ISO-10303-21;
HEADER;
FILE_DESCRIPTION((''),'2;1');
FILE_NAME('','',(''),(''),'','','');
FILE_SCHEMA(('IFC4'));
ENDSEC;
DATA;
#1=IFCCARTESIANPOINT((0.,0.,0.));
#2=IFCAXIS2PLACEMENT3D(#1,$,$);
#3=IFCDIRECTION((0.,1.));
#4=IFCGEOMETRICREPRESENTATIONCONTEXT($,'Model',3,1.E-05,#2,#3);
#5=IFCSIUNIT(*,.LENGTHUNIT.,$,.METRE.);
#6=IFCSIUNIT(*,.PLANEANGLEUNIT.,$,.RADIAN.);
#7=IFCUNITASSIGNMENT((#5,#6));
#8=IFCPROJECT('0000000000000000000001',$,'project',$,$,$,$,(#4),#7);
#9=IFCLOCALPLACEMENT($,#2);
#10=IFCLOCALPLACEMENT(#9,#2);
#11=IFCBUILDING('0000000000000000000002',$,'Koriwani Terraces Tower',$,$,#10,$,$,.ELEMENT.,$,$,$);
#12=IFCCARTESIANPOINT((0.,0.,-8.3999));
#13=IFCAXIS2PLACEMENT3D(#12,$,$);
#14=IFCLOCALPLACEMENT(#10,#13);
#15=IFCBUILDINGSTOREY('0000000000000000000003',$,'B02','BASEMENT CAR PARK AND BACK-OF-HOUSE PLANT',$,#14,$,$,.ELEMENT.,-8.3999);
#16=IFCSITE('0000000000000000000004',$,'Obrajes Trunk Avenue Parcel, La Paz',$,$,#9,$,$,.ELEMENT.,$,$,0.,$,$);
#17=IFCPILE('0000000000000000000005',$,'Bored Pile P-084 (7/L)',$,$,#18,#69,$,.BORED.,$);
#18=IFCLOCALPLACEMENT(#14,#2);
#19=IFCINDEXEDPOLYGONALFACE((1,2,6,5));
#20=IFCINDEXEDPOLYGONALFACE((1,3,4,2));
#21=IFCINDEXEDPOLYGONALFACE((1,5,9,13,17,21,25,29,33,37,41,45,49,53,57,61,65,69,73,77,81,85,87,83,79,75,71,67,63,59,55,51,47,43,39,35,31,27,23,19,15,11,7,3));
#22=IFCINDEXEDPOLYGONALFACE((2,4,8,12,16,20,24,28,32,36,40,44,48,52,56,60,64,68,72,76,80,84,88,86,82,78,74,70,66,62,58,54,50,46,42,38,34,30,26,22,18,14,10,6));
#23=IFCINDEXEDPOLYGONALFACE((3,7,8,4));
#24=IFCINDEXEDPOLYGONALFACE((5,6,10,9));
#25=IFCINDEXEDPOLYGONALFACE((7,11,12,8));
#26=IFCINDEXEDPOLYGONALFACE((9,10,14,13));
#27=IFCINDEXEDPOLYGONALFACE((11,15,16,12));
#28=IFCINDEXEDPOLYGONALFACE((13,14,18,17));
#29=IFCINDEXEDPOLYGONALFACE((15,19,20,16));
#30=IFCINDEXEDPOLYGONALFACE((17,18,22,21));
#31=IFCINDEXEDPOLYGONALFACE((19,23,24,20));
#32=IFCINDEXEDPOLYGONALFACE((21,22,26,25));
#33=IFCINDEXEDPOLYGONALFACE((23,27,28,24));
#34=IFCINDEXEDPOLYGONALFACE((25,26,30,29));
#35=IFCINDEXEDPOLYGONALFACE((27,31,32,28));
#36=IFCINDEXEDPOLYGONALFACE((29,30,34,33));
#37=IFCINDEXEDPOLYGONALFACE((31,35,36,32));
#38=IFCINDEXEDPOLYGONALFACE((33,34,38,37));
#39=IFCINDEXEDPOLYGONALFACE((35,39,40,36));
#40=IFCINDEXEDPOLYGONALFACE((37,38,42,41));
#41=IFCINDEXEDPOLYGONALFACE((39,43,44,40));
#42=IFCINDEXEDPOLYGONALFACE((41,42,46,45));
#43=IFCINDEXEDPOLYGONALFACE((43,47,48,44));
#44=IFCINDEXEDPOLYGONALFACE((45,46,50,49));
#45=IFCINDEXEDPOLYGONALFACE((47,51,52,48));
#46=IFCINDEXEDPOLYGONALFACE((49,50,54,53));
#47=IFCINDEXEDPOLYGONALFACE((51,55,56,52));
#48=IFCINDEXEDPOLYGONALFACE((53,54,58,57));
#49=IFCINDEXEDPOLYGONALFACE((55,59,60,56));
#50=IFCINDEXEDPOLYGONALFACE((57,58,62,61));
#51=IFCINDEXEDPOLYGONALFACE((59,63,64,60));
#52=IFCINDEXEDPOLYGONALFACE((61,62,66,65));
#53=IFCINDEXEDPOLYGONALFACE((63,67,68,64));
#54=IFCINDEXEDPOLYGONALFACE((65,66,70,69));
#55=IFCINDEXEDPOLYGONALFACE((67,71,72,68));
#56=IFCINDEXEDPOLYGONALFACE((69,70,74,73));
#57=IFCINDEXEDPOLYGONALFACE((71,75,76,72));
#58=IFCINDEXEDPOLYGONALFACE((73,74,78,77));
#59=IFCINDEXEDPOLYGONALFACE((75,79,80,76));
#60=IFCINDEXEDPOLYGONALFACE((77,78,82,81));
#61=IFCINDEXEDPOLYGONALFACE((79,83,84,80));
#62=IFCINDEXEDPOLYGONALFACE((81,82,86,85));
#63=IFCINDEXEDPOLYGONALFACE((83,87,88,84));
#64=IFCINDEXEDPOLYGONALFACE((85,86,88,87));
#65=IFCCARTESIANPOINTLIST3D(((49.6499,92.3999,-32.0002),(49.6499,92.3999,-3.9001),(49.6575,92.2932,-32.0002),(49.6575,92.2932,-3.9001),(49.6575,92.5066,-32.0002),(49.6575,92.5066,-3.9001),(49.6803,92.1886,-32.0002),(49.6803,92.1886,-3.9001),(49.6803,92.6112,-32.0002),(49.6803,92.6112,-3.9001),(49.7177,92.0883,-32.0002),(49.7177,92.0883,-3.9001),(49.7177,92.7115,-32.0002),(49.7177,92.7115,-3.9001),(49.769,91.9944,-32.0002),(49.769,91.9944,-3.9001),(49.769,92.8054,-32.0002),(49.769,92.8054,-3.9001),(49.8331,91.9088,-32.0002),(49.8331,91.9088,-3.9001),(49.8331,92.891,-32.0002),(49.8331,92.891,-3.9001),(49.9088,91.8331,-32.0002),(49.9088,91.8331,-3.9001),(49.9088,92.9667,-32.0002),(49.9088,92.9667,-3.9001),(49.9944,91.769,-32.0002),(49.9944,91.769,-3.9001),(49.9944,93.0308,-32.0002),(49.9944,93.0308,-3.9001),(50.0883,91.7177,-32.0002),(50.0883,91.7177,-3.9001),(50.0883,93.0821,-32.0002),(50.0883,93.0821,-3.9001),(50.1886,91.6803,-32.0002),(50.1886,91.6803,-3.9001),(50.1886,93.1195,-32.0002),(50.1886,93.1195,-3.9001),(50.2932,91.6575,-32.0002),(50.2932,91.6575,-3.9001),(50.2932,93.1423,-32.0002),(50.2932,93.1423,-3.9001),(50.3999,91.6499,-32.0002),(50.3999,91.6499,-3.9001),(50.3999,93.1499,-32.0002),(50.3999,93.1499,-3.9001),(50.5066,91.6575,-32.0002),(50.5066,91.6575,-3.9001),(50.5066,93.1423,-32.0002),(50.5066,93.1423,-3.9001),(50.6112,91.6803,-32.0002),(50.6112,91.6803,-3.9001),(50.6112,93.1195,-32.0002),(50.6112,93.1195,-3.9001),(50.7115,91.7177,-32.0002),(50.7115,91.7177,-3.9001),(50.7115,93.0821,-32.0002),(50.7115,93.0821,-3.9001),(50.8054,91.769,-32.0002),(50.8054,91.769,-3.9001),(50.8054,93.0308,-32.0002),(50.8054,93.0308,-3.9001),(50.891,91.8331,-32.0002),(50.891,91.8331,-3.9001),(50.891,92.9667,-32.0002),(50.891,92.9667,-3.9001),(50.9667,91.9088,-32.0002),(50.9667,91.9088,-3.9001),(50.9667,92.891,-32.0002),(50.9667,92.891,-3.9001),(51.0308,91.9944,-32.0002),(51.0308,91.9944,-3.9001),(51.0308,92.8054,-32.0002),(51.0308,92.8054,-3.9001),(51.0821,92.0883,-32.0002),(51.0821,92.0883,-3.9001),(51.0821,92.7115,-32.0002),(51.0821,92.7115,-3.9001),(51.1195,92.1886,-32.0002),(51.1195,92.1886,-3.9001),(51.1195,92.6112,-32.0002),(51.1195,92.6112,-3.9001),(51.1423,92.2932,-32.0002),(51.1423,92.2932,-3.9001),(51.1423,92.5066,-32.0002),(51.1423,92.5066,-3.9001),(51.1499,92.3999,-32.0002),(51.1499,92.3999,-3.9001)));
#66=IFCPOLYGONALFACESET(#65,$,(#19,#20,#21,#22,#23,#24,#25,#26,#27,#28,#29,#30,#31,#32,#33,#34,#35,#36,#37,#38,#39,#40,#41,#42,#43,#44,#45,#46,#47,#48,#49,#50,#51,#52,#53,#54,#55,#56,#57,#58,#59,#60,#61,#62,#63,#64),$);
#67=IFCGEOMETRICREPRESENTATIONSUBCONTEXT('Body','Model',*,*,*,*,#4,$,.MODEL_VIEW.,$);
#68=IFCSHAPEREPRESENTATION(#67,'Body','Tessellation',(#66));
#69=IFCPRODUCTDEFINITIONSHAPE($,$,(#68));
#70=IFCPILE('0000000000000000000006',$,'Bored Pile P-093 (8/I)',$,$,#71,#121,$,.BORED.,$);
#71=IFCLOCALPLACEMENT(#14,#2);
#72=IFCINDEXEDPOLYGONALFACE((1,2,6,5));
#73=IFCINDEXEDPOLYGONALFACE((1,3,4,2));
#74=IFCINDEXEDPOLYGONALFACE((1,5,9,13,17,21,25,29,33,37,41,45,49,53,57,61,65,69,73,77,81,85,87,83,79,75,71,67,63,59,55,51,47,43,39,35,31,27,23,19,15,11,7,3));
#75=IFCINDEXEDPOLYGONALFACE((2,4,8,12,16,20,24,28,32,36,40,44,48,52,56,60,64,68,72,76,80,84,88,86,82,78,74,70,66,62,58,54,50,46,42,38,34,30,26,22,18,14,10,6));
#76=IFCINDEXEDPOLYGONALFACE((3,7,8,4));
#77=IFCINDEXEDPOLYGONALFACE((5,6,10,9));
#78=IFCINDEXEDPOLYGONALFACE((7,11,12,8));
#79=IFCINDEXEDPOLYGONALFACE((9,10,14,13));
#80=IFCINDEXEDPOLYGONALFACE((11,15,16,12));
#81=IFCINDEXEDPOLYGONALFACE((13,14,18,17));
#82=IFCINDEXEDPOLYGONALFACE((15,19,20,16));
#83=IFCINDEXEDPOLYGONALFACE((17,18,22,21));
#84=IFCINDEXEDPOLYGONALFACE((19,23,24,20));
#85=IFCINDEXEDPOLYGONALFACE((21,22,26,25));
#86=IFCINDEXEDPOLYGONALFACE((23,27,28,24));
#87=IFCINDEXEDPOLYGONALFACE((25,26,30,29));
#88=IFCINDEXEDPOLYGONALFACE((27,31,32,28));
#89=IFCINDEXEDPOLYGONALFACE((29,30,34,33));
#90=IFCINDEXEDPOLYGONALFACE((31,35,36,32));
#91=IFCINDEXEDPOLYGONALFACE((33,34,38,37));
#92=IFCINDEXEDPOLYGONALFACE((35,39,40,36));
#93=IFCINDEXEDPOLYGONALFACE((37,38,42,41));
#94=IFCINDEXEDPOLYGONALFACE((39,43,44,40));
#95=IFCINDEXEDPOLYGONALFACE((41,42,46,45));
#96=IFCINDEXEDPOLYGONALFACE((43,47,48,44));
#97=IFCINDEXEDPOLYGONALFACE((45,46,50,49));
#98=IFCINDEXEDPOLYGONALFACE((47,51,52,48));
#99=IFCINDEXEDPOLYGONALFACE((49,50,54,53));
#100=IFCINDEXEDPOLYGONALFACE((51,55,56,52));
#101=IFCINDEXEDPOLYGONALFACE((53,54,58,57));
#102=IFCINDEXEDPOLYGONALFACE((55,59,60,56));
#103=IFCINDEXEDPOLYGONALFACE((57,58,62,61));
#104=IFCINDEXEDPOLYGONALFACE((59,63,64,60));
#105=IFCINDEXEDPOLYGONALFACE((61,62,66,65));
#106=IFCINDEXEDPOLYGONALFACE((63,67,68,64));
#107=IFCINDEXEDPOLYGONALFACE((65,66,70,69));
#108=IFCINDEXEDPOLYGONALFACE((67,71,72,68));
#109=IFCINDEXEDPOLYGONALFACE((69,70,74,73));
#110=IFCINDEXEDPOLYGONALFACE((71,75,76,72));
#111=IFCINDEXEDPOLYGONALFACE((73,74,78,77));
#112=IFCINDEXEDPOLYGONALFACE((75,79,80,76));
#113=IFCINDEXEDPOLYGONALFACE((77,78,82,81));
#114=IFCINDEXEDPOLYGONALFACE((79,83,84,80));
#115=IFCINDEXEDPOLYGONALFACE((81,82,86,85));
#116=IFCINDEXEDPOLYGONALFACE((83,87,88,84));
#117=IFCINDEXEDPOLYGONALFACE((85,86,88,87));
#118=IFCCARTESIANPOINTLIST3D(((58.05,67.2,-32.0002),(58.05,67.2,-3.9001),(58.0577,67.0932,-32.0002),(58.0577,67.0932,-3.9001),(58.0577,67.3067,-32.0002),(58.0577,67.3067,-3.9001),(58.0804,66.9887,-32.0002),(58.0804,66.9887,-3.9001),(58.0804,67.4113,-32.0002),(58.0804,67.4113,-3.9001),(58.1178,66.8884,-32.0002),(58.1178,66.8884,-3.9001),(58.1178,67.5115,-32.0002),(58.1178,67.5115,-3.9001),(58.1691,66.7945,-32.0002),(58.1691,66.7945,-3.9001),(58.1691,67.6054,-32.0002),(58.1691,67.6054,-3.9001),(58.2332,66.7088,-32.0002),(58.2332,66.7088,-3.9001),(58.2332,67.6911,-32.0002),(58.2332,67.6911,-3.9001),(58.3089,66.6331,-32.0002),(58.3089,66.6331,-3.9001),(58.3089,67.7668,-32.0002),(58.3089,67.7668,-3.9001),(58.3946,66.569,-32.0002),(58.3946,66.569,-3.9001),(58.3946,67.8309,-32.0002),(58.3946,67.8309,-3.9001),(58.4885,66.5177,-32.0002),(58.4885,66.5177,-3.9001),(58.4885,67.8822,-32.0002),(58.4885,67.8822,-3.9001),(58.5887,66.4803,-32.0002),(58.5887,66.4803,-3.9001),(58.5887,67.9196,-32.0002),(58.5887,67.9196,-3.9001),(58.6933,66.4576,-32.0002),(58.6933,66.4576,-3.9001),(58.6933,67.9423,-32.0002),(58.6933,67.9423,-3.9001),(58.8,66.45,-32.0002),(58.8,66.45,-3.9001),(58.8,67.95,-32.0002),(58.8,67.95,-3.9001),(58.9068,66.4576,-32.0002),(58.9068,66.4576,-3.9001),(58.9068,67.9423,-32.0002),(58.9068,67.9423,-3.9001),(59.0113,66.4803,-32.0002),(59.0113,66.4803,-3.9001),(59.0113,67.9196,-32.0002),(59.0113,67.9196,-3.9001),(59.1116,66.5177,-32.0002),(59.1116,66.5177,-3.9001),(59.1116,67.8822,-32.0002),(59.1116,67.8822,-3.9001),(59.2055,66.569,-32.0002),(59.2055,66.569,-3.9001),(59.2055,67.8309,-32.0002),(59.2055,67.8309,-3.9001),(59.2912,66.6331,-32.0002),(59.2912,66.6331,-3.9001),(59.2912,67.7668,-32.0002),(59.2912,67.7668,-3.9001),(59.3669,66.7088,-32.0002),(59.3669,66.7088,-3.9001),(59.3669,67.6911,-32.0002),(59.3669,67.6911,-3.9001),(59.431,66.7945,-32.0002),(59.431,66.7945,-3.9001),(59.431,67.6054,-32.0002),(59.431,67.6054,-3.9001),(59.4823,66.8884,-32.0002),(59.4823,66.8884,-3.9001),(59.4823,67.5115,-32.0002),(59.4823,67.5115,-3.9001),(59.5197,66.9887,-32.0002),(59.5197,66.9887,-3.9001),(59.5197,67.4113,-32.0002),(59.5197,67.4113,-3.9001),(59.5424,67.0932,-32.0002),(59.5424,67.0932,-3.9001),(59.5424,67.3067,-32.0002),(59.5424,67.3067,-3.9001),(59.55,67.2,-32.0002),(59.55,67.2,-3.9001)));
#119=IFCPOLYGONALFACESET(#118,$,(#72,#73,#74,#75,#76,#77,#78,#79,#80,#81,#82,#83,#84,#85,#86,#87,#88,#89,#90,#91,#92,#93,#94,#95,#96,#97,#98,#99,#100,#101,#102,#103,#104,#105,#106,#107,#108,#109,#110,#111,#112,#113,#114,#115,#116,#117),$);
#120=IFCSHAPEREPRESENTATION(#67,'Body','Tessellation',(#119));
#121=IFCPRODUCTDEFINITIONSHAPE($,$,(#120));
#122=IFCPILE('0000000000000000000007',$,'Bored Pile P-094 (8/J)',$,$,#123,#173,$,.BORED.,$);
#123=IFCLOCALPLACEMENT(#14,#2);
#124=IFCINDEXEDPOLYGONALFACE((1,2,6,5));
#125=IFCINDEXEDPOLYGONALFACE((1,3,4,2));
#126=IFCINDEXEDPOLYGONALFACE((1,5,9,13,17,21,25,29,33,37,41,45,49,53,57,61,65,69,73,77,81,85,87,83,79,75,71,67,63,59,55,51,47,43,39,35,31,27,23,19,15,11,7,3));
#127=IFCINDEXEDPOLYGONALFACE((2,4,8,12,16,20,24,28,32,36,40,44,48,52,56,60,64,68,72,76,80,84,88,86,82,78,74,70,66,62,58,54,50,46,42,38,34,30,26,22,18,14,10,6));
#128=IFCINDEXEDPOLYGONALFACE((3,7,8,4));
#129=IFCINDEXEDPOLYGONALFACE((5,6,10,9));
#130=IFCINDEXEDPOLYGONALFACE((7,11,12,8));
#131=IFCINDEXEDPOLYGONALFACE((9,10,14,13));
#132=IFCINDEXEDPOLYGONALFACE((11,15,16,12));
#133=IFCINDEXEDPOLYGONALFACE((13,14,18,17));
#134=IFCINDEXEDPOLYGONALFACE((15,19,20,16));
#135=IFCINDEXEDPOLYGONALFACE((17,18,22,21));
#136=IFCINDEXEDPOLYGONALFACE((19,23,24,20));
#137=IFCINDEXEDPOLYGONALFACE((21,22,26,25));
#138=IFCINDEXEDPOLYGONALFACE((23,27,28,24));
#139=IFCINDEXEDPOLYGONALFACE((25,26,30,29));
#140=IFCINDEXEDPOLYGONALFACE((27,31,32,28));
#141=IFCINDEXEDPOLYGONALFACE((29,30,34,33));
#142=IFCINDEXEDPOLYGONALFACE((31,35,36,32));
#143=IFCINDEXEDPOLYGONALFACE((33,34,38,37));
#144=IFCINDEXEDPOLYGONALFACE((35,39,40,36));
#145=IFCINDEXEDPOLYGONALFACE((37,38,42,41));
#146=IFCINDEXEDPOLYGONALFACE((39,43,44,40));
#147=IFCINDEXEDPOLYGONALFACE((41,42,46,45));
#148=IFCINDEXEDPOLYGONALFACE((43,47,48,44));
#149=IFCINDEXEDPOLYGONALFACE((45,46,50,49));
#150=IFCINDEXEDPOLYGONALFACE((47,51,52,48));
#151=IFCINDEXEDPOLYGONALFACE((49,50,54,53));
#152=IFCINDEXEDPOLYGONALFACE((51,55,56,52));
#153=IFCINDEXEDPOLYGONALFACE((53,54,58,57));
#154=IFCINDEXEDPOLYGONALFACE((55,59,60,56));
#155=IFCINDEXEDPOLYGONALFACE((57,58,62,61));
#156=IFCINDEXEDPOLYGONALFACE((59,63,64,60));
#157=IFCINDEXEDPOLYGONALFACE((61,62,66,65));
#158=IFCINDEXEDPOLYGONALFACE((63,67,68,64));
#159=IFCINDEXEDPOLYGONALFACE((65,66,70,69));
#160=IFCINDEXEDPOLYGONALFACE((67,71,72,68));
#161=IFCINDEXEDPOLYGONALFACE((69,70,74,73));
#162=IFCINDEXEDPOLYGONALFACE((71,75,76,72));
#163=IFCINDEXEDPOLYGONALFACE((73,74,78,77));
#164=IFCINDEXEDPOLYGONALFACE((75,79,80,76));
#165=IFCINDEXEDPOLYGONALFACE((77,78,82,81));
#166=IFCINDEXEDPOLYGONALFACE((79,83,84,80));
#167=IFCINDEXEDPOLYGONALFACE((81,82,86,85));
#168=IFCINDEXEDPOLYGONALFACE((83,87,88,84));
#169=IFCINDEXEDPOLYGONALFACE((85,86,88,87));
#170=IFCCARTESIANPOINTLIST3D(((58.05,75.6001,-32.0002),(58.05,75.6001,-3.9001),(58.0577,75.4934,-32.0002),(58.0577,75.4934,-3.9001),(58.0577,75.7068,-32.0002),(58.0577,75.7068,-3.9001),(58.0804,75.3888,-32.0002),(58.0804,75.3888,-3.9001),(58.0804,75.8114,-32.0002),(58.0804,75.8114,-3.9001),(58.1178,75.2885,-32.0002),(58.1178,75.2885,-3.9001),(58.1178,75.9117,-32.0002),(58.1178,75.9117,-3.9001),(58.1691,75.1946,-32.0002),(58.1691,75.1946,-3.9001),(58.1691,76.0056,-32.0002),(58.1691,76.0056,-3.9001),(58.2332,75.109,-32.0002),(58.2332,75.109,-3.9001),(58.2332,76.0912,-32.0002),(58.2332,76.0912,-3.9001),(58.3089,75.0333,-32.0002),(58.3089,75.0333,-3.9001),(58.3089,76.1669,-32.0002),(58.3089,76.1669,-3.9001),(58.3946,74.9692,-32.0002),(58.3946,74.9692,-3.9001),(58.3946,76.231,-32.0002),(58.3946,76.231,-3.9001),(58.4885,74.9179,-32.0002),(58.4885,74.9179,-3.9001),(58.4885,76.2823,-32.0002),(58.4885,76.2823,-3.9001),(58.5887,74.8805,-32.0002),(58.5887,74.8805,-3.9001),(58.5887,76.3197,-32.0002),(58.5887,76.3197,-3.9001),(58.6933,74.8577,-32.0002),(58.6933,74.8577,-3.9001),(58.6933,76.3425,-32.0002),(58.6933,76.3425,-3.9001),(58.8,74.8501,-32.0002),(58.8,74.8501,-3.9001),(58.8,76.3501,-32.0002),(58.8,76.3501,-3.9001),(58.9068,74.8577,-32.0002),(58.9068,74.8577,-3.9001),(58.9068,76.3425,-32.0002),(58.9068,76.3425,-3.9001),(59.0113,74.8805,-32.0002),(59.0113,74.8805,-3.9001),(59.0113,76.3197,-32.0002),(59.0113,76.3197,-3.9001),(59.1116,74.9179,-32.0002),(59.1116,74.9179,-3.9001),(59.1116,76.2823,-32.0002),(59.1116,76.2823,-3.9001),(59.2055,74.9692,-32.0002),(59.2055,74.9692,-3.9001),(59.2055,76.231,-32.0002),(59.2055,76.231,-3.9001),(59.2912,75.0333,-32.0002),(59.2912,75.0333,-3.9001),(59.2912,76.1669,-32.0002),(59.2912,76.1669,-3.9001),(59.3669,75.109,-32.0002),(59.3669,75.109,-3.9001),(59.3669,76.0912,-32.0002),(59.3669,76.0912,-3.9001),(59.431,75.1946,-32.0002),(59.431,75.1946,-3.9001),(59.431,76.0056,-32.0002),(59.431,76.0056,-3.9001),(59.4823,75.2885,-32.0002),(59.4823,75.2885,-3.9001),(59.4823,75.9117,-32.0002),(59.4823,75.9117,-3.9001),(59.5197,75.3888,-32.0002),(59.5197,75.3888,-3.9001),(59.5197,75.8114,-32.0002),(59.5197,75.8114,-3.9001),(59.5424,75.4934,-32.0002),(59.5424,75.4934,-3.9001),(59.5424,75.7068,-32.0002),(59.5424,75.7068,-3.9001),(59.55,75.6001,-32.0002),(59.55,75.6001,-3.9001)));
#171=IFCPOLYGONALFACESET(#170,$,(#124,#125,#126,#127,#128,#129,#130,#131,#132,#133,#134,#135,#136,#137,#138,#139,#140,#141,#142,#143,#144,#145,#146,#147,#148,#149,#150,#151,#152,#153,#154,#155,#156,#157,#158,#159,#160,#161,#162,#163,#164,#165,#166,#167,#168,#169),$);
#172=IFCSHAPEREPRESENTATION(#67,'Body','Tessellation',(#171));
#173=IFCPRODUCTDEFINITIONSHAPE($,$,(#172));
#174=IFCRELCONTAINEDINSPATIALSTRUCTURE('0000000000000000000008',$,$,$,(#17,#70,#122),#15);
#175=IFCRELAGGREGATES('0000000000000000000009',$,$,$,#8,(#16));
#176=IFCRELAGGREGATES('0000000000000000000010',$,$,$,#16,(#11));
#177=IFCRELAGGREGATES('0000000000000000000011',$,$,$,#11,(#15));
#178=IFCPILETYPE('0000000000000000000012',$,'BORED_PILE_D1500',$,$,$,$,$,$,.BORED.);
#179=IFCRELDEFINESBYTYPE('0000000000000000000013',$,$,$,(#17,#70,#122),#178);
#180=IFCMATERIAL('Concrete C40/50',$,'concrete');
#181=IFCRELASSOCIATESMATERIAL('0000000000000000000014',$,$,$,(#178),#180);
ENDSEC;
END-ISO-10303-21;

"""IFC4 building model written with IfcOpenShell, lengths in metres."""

from ifc_helpers import new_model, si_unit, direction, frame, origin, origin_2d, place, context, subcontext, project, spatial, circle, extrude, material, material_profile, profile_set, type_object, element, save


model = new_model("IFC4")

# Units and contexts
model_context = context("Model", 3, precision=1e-05, world=origin(), true_north=direction((0.0, 1.0)))
body_context = subcontext(model_context, "Body", "Model", "MODEL_VIEW")
ifc_project = project(units=[si_unit("LENGTHUNIT", "METRE"), si_unit("PLANEANGLEUNIT", "RADIAN")], contexts=[model_context])

# Site, building, storey
site_placement = place(None, origin())
site = spatial("IfcSite", under=ifc_project, at=site_placement, Name="Obrajes Trunk Avenue Parcel, La Paz", CompositionType="ELEMENT", RefElevation=0.0)
building_placement = place(site_placement, origin())
building = spatial("IfcBuilding", under=site, at=building_placement, Name="Koriwani Terraces Tower", CompositionType="ELEMENT")
storey_placement = place(building_placement, frame((0.0, 0.0, -8.3999)))
storey = spatial("IfcBuildingStorey", under=building, at=storey_placement, Name="B02", Description="BASEMENT CAR PARK AND BACK-OF-HOUSE PLANT", CompositionType="ELEMENT", Elevation=-8.3999)

# Piles
ifc_material_1 = material(Name="Concrete C40/50", Category="concrete")
ifc_material_profile_1 = material_profile(ifc_material_1, circle(Radius=0.75, at=origin_2d()), Name="Concrete C40/50")
ifc_profile_set_1 = profile_set([ifc_material_profile_1], Name="Concrete C40/50")
pile_type_1 = type_object("IfcPileType", Name="BORED_PILE_D1500", PredefinedType="BORED", material=ifc_profile_set_1)
for number, where, z_axis, x_axis, name in (
    (1, (50.3999, 92.3999, -3.9001), (0.0, 0.0, -1.0), (1.0, 0.0, 0.0), "Bored Pile P-084 (7/L)"),
    (2, (58.8, 67.2, -3.9001), (0.0, 0.0, -1.0), (1.0, 0.0, 0.0), "Bored Pile P-093 (8/I)"),
    (3, (58.8, 75.6001, -3.9001), (0.0, 0.0, -1.0), (1.0, 0.0, 0.0), "Bored Pile P-094 (8/J)"),
):
    element("IfcPile", number, at=place(storey_placement, frame(where, z_axis=z_axis, x_axis=x_axis)), inside=storey, type_object=pile_type_1, Name=name, PredefinedType="BORED", context=body_context, shape_type="SweptSolid", body=[
        extrude(circle(Radius=0.75, at=origin_2d()), origin(), (0.0, 0.0, 1.0), 28.1001),
    ])

save(model, "model.ifc")
